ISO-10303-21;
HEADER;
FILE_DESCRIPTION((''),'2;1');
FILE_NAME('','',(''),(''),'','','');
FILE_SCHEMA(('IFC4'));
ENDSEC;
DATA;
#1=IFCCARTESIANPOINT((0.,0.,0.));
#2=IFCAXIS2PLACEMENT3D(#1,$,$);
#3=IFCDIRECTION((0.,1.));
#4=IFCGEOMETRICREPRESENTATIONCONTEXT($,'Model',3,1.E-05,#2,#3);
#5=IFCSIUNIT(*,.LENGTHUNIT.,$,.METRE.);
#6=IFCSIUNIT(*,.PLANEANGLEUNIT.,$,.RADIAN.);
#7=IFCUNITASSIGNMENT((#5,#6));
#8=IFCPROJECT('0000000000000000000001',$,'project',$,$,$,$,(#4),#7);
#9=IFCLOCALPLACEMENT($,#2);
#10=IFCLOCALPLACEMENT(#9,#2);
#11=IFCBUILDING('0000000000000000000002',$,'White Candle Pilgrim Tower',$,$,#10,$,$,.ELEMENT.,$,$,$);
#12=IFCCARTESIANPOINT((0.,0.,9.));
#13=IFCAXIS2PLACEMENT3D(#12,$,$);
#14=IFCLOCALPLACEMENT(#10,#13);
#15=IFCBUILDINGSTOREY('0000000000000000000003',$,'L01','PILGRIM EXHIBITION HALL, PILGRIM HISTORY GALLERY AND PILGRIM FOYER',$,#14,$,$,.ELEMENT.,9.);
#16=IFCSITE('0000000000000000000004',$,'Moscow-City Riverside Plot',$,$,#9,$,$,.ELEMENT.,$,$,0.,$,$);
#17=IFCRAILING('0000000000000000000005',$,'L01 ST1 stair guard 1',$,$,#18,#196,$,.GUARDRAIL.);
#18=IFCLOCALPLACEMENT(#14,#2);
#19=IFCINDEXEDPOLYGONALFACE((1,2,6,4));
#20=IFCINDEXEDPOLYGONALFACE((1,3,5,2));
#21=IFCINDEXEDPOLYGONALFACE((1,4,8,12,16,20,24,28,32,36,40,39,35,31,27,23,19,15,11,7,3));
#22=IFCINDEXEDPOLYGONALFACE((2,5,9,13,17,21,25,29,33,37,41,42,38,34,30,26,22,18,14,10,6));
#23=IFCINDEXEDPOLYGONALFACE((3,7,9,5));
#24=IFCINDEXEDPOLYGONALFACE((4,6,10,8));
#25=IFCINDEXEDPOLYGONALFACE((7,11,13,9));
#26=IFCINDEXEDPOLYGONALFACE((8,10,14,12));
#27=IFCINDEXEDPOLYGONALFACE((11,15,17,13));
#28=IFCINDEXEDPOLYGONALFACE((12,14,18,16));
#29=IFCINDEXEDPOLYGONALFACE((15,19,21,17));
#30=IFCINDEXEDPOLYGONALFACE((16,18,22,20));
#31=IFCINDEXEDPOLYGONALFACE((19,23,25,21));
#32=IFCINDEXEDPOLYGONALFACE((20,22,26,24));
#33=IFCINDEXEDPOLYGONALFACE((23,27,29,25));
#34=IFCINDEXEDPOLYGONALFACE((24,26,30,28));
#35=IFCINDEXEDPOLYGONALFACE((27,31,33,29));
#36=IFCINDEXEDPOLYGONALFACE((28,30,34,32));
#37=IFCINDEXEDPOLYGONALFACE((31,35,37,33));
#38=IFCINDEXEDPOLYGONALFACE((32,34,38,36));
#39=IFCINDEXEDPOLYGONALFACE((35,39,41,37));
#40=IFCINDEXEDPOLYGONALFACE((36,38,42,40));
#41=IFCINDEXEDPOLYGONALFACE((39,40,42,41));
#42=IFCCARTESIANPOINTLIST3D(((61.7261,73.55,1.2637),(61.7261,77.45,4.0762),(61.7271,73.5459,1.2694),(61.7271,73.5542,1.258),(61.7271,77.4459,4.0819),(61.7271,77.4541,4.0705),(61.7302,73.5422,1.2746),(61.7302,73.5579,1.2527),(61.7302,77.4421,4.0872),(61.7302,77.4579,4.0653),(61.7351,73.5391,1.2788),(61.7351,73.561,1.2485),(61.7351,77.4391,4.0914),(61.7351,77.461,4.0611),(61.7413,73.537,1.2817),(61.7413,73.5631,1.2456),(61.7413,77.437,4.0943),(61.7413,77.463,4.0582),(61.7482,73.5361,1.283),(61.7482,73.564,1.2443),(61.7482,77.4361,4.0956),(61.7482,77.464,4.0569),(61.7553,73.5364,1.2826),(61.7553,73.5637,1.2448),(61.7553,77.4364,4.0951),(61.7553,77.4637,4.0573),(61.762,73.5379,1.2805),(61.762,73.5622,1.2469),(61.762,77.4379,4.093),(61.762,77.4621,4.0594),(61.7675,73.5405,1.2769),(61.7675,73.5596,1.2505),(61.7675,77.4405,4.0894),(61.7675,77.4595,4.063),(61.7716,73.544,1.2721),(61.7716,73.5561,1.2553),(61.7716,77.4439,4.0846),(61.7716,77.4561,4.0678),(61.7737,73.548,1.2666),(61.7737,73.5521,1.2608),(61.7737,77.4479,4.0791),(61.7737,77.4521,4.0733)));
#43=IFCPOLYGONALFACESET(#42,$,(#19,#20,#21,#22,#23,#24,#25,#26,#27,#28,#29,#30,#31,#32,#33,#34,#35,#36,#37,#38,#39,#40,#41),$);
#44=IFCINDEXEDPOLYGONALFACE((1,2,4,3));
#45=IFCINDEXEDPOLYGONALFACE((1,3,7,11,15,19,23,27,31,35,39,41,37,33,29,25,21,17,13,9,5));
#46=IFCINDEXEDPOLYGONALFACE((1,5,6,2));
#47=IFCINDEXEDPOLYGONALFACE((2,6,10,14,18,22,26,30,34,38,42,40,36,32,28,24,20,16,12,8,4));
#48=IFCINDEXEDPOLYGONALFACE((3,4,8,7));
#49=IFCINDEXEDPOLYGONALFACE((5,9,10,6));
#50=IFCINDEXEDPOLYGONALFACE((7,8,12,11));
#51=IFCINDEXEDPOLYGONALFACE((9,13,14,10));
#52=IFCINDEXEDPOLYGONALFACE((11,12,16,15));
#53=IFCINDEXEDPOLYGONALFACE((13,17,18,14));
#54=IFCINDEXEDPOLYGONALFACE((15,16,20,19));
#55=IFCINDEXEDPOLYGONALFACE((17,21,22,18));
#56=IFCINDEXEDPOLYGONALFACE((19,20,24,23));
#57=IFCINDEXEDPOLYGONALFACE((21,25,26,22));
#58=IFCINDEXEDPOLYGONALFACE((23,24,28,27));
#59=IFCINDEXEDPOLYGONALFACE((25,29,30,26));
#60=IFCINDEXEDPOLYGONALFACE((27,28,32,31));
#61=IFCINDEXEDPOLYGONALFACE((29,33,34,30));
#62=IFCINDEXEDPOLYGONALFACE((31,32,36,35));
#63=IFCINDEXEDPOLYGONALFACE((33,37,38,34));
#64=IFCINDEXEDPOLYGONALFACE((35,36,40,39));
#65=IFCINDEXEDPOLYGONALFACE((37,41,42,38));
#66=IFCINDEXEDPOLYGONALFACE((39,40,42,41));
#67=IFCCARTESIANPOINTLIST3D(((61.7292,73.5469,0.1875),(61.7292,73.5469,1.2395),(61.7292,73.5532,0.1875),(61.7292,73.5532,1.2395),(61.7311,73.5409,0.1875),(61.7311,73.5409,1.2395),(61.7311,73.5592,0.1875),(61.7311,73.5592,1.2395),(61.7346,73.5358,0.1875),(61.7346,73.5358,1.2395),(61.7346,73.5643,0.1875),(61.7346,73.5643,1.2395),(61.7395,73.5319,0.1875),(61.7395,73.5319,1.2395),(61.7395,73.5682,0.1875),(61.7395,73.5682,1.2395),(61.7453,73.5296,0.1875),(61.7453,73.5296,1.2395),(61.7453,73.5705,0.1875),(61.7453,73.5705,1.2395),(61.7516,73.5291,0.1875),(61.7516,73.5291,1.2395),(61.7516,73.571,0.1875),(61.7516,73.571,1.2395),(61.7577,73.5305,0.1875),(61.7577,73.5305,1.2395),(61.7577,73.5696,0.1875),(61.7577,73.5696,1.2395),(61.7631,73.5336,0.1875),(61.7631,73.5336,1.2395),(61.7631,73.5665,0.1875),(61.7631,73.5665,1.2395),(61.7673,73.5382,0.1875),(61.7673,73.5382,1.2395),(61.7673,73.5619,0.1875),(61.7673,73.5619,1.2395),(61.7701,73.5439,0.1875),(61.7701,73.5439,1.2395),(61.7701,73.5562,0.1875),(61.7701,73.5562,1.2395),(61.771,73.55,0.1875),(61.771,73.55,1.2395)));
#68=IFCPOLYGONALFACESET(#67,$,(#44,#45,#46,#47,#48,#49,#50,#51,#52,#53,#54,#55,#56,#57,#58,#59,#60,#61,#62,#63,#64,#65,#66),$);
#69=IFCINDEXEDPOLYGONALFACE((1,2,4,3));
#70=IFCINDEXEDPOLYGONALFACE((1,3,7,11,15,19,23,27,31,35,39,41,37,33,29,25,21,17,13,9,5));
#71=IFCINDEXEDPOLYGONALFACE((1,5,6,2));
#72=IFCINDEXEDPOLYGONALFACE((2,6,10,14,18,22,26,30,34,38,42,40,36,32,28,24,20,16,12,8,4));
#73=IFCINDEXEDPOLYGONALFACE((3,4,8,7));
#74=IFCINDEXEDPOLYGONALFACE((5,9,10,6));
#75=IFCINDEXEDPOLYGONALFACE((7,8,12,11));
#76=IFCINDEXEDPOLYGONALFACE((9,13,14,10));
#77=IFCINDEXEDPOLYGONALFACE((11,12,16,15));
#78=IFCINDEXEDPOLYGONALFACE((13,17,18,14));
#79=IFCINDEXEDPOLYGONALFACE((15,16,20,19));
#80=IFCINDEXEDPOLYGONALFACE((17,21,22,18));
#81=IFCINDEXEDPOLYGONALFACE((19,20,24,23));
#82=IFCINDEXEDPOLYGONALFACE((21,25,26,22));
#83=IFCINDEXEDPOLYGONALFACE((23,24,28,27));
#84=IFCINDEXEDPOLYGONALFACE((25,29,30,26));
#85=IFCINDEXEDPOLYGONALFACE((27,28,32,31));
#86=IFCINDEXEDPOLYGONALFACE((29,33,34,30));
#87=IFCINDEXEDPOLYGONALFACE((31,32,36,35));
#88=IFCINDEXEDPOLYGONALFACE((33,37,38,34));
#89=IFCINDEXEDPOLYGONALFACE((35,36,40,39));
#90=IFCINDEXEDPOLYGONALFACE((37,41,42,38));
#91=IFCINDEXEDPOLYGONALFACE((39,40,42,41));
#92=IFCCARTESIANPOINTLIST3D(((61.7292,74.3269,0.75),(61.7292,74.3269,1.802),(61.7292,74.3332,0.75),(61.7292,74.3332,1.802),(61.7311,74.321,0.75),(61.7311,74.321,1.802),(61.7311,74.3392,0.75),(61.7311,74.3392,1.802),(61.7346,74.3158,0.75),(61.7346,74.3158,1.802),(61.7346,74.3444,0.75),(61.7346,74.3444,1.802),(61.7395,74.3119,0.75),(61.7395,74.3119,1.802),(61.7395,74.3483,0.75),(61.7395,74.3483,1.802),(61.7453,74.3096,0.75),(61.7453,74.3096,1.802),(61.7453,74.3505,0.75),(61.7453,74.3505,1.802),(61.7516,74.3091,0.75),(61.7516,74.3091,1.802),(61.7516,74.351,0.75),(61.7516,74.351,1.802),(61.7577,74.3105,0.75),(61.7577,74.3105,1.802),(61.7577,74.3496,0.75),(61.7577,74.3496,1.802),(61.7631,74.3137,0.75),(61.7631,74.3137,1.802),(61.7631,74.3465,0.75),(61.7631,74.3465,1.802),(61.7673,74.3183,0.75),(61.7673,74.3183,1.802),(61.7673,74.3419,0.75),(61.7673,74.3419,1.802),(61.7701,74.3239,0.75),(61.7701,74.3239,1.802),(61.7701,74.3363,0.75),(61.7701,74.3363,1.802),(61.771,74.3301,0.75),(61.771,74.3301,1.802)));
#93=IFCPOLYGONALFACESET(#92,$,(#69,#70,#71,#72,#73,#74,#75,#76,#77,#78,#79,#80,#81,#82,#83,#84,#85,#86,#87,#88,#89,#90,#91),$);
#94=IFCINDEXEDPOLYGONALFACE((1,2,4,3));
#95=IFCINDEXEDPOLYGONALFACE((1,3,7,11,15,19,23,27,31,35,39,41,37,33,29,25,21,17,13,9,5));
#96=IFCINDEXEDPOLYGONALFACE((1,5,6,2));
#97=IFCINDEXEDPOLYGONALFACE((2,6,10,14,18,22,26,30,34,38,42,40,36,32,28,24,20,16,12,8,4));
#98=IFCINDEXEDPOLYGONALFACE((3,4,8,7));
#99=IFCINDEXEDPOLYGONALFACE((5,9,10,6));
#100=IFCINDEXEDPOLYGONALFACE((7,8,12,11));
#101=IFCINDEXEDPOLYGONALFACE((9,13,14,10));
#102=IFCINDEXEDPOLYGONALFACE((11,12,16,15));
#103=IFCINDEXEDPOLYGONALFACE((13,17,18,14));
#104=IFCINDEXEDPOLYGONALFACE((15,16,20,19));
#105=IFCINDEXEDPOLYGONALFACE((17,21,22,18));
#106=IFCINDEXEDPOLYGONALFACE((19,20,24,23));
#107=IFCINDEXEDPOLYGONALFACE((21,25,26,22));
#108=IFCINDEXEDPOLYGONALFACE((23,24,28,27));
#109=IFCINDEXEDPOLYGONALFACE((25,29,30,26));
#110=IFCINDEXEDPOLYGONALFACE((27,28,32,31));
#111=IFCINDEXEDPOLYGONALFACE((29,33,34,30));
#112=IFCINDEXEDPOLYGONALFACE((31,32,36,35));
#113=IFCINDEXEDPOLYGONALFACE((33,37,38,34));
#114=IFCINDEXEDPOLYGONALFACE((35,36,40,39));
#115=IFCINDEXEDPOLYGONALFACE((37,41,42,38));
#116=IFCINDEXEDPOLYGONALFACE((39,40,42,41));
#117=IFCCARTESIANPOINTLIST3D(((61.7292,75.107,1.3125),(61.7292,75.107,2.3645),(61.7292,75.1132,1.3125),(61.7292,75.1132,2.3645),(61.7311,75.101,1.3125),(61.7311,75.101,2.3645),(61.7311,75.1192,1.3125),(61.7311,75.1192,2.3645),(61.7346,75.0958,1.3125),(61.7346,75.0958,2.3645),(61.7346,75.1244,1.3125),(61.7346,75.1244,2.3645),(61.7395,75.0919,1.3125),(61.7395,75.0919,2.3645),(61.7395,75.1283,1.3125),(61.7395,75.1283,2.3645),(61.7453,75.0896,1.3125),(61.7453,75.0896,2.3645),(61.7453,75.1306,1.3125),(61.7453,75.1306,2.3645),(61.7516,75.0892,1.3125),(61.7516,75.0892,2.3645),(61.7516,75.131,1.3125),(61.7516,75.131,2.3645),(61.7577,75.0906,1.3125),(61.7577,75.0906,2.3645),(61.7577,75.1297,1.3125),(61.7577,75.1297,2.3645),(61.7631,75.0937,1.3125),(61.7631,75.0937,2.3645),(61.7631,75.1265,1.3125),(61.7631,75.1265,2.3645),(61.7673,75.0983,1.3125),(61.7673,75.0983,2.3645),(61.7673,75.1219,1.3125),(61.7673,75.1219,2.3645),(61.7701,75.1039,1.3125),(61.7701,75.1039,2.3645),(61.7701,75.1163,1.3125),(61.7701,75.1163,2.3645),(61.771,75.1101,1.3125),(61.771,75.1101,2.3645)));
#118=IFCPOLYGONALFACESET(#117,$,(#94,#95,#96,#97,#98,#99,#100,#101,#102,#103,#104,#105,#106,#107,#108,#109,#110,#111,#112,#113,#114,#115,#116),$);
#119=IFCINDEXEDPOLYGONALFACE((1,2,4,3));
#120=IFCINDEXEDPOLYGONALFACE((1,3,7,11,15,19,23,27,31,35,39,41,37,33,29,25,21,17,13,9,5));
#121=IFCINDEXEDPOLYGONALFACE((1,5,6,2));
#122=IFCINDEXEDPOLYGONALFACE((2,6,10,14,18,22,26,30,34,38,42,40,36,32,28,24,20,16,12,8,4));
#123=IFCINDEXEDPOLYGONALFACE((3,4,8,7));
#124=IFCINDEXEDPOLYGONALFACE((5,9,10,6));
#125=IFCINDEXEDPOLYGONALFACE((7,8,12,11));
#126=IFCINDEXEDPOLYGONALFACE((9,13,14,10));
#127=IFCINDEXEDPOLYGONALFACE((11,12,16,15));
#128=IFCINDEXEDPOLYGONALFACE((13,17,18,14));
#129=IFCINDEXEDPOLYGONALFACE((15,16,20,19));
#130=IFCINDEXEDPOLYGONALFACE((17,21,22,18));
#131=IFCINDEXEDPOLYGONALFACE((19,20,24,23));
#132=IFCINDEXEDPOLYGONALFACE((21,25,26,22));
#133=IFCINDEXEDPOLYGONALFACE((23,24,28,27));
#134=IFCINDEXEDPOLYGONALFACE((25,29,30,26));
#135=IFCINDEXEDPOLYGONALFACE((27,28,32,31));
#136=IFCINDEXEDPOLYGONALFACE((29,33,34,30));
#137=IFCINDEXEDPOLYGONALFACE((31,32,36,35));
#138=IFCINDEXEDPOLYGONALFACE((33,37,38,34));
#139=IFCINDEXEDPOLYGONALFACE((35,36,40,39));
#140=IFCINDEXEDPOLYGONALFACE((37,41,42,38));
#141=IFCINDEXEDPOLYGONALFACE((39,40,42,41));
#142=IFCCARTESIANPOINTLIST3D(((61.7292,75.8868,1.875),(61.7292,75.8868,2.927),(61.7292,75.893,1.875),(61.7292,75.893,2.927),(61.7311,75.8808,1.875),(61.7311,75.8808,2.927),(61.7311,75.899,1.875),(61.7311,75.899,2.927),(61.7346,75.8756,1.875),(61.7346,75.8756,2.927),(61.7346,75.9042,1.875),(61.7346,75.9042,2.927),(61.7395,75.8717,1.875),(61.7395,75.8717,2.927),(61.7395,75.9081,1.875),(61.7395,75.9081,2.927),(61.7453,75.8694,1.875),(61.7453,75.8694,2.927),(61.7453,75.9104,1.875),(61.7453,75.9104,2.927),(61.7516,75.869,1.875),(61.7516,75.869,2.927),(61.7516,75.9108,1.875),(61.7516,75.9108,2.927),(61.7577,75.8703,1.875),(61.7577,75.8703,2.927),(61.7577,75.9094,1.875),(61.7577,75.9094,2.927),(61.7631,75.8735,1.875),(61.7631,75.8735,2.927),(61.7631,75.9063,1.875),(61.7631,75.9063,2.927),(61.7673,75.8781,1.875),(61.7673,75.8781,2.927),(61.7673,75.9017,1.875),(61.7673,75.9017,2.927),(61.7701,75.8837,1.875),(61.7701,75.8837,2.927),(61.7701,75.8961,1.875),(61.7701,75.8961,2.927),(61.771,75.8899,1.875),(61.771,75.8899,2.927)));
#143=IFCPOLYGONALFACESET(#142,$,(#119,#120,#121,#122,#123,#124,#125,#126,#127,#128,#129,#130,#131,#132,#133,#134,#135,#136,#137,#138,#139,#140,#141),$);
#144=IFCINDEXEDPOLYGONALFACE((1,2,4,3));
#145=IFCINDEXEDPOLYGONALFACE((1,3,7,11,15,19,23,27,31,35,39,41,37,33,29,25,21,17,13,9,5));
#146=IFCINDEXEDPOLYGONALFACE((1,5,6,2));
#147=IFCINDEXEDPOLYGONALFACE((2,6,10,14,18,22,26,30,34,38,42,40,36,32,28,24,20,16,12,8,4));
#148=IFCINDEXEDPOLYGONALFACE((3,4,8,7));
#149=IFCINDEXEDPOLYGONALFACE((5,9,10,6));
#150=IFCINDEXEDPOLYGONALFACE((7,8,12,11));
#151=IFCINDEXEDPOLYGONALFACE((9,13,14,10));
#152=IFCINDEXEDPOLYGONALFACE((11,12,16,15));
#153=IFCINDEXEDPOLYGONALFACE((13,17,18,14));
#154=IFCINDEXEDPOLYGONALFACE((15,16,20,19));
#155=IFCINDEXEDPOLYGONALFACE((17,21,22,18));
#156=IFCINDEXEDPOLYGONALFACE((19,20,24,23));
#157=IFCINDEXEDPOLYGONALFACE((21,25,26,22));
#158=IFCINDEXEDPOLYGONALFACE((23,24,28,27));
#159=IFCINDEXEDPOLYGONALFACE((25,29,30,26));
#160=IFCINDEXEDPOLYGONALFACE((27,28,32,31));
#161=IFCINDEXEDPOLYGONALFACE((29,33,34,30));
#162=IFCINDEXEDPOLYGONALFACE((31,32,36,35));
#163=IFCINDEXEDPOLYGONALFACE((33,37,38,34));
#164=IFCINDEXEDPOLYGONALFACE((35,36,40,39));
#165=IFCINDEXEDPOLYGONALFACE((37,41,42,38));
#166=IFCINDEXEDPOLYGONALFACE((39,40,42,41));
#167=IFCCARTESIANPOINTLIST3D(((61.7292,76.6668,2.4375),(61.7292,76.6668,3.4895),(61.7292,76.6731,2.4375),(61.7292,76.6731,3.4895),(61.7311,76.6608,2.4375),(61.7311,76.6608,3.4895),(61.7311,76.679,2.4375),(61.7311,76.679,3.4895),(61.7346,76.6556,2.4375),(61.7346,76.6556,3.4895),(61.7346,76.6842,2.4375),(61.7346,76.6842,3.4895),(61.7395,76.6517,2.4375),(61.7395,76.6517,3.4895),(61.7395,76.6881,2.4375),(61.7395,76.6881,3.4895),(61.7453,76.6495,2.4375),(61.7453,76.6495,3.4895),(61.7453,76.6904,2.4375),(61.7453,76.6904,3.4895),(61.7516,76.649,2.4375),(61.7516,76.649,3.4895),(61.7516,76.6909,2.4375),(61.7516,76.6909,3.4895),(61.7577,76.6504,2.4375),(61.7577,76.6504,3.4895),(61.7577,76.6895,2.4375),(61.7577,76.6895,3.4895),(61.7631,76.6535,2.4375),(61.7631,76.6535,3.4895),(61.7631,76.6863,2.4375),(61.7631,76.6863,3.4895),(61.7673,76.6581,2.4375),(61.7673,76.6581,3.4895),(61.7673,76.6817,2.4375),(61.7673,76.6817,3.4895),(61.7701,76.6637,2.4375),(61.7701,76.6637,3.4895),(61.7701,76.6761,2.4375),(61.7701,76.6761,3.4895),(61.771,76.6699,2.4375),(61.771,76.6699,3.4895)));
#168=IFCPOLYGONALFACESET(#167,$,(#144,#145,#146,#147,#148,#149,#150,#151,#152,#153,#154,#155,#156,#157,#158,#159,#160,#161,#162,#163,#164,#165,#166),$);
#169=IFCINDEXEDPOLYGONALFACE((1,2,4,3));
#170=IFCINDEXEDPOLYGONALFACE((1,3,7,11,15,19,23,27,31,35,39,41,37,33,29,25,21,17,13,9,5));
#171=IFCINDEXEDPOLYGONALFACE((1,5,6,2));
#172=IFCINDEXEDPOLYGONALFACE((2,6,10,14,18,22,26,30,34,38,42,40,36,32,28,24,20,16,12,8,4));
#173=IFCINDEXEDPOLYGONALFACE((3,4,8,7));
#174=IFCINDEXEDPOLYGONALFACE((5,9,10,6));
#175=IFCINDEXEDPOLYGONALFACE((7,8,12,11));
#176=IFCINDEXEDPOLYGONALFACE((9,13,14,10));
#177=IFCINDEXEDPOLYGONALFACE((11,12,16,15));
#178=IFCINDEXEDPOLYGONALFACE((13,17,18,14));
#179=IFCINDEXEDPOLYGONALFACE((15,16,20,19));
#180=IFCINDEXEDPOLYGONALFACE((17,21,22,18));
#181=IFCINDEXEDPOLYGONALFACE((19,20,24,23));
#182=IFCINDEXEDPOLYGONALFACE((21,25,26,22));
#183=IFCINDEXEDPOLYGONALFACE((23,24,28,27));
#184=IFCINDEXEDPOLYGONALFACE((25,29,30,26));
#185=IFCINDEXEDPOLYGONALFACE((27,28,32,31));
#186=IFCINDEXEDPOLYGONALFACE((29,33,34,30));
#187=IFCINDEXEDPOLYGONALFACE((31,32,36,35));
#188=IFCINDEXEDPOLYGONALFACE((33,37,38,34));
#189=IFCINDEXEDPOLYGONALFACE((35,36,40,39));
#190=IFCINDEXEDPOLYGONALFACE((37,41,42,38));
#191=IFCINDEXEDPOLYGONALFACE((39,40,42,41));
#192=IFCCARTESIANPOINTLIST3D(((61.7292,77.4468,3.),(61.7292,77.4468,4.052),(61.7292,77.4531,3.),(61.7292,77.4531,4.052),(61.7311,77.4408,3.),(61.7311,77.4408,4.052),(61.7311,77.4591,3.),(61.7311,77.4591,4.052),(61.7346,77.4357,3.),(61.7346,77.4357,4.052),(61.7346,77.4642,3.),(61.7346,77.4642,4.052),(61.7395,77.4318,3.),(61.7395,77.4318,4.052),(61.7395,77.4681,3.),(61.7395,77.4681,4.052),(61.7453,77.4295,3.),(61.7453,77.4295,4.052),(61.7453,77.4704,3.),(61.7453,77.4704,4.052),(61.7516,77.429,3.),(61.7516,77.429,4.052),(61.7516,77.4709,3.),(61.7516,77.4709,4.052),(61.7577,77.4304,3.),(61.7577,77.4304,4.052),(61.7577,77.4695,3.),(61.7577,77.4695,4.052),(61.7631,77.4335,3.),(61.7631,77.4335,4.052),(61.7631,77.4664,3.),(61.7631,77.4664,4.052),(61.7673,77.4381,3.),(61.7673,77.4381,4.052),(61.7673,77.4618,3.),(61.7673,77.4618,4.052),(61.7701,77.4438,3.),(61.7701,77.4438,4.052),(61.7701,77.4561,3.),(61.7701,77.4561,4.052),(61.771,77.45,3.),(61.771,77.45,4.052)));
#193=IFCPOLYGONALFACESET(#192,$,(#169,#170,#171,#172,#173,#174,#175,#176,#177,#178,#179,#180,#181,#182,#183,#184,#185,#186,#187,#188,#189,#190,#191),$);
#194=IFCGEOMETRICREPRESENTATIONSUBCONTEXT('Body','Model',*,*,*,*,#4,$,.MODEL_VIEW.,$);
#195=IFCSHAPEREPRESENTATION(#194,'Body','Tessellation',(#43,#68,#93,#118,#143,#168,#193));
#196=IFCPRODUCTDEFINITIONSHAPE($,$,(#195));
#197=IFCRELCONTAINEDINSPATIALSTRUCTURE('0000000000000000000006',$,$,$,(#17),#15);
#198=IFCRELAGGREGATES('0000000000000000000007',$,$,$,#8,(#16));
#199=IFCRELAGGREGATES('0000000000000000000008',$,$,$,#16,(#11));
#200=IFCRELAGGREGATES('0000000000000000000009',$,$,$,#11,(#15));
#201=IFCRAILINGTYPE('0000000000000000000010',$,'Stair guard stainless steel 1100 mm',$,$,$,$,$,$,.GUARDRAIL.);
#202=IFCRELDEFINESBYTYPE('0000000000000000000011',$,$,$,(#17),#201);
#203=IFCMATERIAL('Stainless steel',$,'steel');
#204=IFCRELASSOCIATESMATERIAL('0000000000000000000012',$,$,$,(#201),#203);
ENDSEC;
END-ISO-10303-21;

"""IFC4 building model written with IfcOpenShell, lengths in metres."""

from ifc_helpers import new_model, si_unit, direction, frame, origin, origin_2d, place, context, subcontext, project, spatial, circle, extrude, material, type_object, element, save


model = new_model("IFC4")

# Units and contexts
model_context = context("Model", 3, precision=1e-05, world=origin(), true_north=direction((0.0, 1.0)))
body_context = subcontext(model_context, "Body", "Model", "MODEL_VIEW")
ifc_project = project(units=[si_unit("LENGTHUNIT", "METRE"), si_unit("PLANEANGLEUNIT", "RADIAN")], contexts=[model_context])

# Site, building, storey
site_placement = place(None, origin())
site = spatial("IfcSite", under=ifc_project, at=site_placement, Name="Moscow-City Riverside Plot", CompositionType="ELEMENT", RefElevation=0.0)
building_placement = place(site_placement, origin())
building = spatial("IfcBuilding", under=site, at=building_placement, Name="White Candle Pilgrim Tower", CompositionType="ELEMENT")
storey_placement = place(building_placement, frame((0.0, 0.0, 9.0)))
storey = spatial("IfcBuildingStorey", under=building, at=storey_placement, Name="L01", Description="PILGRIM EXHIBITION HALL, PILGRIM HISTORY GALLERY AND PILGRIM FOYER", CompositionType="ELEMENT", Elevation=9.0)

# Shared definitions
ifc_material_1 = material(Name="Stainless steel", Category="steel")

# Railing
railing_type = type_object("IfcRailingType", Name="Stair guard stainless steel 1100 mm", PredefinedType="GUARDRAIL", material=ifc_material_1)
railing_1_placement = place(storey_placement, frame((61.75, 73.55, 0.1875)))
element("IfcRailing", 1, at=railing_1_placement, inside=storey, type_object=railing_type, Name="L01 ST1 stair guard 1", PredefinedType="GUARDRAIL", context=body_context, shape_type="SweptSolid", body=[
    extrude(circle(Radius=0.0239, at=origin_2d()), frame((0.0, 0.0, 1.0762), z_axis=(0.0, 0.811083, 0.584931), x_axis=(-1.0, 0.0, 0.0)), (0.0, 0.0, 1.0), 4.8083),
    extrude(circle(Radius=0.021, at=origin_2d()), origin(), (0.0, 0.0, 1.0), 1.052),
    extrude(circle(Radius=0.021, at=origin_2d()), frame((0.0, 0.78, 0.5625)), (0.0, 0.0, 1.0), 1.052),
    extrude(circle(Radius=0.021, at=origin_2d()), frame((0.0, 1.5601, 1.125)), (0.0, 0.0, 1.0), 1.052),
    extrude(circle(Radius=0.021, at=origin_2d()), frame((0.0, 2.3398, 1.6875)), (0.0, 0.0, 1.0), 1.052),
    extrude(circle(Radius=0.021, at=origin_2d()), frame((0.0, 3.1199, 2.25)), (0.0, 0.0, 1.0), 1.052),
    extrude(circle(Radius=0.021, at=origin_2d()), frame((0.0, 3.8999, 2.8125)), (0.0, 0.0, 1.0), 1.052),
])

save(model, "model.ifc")
